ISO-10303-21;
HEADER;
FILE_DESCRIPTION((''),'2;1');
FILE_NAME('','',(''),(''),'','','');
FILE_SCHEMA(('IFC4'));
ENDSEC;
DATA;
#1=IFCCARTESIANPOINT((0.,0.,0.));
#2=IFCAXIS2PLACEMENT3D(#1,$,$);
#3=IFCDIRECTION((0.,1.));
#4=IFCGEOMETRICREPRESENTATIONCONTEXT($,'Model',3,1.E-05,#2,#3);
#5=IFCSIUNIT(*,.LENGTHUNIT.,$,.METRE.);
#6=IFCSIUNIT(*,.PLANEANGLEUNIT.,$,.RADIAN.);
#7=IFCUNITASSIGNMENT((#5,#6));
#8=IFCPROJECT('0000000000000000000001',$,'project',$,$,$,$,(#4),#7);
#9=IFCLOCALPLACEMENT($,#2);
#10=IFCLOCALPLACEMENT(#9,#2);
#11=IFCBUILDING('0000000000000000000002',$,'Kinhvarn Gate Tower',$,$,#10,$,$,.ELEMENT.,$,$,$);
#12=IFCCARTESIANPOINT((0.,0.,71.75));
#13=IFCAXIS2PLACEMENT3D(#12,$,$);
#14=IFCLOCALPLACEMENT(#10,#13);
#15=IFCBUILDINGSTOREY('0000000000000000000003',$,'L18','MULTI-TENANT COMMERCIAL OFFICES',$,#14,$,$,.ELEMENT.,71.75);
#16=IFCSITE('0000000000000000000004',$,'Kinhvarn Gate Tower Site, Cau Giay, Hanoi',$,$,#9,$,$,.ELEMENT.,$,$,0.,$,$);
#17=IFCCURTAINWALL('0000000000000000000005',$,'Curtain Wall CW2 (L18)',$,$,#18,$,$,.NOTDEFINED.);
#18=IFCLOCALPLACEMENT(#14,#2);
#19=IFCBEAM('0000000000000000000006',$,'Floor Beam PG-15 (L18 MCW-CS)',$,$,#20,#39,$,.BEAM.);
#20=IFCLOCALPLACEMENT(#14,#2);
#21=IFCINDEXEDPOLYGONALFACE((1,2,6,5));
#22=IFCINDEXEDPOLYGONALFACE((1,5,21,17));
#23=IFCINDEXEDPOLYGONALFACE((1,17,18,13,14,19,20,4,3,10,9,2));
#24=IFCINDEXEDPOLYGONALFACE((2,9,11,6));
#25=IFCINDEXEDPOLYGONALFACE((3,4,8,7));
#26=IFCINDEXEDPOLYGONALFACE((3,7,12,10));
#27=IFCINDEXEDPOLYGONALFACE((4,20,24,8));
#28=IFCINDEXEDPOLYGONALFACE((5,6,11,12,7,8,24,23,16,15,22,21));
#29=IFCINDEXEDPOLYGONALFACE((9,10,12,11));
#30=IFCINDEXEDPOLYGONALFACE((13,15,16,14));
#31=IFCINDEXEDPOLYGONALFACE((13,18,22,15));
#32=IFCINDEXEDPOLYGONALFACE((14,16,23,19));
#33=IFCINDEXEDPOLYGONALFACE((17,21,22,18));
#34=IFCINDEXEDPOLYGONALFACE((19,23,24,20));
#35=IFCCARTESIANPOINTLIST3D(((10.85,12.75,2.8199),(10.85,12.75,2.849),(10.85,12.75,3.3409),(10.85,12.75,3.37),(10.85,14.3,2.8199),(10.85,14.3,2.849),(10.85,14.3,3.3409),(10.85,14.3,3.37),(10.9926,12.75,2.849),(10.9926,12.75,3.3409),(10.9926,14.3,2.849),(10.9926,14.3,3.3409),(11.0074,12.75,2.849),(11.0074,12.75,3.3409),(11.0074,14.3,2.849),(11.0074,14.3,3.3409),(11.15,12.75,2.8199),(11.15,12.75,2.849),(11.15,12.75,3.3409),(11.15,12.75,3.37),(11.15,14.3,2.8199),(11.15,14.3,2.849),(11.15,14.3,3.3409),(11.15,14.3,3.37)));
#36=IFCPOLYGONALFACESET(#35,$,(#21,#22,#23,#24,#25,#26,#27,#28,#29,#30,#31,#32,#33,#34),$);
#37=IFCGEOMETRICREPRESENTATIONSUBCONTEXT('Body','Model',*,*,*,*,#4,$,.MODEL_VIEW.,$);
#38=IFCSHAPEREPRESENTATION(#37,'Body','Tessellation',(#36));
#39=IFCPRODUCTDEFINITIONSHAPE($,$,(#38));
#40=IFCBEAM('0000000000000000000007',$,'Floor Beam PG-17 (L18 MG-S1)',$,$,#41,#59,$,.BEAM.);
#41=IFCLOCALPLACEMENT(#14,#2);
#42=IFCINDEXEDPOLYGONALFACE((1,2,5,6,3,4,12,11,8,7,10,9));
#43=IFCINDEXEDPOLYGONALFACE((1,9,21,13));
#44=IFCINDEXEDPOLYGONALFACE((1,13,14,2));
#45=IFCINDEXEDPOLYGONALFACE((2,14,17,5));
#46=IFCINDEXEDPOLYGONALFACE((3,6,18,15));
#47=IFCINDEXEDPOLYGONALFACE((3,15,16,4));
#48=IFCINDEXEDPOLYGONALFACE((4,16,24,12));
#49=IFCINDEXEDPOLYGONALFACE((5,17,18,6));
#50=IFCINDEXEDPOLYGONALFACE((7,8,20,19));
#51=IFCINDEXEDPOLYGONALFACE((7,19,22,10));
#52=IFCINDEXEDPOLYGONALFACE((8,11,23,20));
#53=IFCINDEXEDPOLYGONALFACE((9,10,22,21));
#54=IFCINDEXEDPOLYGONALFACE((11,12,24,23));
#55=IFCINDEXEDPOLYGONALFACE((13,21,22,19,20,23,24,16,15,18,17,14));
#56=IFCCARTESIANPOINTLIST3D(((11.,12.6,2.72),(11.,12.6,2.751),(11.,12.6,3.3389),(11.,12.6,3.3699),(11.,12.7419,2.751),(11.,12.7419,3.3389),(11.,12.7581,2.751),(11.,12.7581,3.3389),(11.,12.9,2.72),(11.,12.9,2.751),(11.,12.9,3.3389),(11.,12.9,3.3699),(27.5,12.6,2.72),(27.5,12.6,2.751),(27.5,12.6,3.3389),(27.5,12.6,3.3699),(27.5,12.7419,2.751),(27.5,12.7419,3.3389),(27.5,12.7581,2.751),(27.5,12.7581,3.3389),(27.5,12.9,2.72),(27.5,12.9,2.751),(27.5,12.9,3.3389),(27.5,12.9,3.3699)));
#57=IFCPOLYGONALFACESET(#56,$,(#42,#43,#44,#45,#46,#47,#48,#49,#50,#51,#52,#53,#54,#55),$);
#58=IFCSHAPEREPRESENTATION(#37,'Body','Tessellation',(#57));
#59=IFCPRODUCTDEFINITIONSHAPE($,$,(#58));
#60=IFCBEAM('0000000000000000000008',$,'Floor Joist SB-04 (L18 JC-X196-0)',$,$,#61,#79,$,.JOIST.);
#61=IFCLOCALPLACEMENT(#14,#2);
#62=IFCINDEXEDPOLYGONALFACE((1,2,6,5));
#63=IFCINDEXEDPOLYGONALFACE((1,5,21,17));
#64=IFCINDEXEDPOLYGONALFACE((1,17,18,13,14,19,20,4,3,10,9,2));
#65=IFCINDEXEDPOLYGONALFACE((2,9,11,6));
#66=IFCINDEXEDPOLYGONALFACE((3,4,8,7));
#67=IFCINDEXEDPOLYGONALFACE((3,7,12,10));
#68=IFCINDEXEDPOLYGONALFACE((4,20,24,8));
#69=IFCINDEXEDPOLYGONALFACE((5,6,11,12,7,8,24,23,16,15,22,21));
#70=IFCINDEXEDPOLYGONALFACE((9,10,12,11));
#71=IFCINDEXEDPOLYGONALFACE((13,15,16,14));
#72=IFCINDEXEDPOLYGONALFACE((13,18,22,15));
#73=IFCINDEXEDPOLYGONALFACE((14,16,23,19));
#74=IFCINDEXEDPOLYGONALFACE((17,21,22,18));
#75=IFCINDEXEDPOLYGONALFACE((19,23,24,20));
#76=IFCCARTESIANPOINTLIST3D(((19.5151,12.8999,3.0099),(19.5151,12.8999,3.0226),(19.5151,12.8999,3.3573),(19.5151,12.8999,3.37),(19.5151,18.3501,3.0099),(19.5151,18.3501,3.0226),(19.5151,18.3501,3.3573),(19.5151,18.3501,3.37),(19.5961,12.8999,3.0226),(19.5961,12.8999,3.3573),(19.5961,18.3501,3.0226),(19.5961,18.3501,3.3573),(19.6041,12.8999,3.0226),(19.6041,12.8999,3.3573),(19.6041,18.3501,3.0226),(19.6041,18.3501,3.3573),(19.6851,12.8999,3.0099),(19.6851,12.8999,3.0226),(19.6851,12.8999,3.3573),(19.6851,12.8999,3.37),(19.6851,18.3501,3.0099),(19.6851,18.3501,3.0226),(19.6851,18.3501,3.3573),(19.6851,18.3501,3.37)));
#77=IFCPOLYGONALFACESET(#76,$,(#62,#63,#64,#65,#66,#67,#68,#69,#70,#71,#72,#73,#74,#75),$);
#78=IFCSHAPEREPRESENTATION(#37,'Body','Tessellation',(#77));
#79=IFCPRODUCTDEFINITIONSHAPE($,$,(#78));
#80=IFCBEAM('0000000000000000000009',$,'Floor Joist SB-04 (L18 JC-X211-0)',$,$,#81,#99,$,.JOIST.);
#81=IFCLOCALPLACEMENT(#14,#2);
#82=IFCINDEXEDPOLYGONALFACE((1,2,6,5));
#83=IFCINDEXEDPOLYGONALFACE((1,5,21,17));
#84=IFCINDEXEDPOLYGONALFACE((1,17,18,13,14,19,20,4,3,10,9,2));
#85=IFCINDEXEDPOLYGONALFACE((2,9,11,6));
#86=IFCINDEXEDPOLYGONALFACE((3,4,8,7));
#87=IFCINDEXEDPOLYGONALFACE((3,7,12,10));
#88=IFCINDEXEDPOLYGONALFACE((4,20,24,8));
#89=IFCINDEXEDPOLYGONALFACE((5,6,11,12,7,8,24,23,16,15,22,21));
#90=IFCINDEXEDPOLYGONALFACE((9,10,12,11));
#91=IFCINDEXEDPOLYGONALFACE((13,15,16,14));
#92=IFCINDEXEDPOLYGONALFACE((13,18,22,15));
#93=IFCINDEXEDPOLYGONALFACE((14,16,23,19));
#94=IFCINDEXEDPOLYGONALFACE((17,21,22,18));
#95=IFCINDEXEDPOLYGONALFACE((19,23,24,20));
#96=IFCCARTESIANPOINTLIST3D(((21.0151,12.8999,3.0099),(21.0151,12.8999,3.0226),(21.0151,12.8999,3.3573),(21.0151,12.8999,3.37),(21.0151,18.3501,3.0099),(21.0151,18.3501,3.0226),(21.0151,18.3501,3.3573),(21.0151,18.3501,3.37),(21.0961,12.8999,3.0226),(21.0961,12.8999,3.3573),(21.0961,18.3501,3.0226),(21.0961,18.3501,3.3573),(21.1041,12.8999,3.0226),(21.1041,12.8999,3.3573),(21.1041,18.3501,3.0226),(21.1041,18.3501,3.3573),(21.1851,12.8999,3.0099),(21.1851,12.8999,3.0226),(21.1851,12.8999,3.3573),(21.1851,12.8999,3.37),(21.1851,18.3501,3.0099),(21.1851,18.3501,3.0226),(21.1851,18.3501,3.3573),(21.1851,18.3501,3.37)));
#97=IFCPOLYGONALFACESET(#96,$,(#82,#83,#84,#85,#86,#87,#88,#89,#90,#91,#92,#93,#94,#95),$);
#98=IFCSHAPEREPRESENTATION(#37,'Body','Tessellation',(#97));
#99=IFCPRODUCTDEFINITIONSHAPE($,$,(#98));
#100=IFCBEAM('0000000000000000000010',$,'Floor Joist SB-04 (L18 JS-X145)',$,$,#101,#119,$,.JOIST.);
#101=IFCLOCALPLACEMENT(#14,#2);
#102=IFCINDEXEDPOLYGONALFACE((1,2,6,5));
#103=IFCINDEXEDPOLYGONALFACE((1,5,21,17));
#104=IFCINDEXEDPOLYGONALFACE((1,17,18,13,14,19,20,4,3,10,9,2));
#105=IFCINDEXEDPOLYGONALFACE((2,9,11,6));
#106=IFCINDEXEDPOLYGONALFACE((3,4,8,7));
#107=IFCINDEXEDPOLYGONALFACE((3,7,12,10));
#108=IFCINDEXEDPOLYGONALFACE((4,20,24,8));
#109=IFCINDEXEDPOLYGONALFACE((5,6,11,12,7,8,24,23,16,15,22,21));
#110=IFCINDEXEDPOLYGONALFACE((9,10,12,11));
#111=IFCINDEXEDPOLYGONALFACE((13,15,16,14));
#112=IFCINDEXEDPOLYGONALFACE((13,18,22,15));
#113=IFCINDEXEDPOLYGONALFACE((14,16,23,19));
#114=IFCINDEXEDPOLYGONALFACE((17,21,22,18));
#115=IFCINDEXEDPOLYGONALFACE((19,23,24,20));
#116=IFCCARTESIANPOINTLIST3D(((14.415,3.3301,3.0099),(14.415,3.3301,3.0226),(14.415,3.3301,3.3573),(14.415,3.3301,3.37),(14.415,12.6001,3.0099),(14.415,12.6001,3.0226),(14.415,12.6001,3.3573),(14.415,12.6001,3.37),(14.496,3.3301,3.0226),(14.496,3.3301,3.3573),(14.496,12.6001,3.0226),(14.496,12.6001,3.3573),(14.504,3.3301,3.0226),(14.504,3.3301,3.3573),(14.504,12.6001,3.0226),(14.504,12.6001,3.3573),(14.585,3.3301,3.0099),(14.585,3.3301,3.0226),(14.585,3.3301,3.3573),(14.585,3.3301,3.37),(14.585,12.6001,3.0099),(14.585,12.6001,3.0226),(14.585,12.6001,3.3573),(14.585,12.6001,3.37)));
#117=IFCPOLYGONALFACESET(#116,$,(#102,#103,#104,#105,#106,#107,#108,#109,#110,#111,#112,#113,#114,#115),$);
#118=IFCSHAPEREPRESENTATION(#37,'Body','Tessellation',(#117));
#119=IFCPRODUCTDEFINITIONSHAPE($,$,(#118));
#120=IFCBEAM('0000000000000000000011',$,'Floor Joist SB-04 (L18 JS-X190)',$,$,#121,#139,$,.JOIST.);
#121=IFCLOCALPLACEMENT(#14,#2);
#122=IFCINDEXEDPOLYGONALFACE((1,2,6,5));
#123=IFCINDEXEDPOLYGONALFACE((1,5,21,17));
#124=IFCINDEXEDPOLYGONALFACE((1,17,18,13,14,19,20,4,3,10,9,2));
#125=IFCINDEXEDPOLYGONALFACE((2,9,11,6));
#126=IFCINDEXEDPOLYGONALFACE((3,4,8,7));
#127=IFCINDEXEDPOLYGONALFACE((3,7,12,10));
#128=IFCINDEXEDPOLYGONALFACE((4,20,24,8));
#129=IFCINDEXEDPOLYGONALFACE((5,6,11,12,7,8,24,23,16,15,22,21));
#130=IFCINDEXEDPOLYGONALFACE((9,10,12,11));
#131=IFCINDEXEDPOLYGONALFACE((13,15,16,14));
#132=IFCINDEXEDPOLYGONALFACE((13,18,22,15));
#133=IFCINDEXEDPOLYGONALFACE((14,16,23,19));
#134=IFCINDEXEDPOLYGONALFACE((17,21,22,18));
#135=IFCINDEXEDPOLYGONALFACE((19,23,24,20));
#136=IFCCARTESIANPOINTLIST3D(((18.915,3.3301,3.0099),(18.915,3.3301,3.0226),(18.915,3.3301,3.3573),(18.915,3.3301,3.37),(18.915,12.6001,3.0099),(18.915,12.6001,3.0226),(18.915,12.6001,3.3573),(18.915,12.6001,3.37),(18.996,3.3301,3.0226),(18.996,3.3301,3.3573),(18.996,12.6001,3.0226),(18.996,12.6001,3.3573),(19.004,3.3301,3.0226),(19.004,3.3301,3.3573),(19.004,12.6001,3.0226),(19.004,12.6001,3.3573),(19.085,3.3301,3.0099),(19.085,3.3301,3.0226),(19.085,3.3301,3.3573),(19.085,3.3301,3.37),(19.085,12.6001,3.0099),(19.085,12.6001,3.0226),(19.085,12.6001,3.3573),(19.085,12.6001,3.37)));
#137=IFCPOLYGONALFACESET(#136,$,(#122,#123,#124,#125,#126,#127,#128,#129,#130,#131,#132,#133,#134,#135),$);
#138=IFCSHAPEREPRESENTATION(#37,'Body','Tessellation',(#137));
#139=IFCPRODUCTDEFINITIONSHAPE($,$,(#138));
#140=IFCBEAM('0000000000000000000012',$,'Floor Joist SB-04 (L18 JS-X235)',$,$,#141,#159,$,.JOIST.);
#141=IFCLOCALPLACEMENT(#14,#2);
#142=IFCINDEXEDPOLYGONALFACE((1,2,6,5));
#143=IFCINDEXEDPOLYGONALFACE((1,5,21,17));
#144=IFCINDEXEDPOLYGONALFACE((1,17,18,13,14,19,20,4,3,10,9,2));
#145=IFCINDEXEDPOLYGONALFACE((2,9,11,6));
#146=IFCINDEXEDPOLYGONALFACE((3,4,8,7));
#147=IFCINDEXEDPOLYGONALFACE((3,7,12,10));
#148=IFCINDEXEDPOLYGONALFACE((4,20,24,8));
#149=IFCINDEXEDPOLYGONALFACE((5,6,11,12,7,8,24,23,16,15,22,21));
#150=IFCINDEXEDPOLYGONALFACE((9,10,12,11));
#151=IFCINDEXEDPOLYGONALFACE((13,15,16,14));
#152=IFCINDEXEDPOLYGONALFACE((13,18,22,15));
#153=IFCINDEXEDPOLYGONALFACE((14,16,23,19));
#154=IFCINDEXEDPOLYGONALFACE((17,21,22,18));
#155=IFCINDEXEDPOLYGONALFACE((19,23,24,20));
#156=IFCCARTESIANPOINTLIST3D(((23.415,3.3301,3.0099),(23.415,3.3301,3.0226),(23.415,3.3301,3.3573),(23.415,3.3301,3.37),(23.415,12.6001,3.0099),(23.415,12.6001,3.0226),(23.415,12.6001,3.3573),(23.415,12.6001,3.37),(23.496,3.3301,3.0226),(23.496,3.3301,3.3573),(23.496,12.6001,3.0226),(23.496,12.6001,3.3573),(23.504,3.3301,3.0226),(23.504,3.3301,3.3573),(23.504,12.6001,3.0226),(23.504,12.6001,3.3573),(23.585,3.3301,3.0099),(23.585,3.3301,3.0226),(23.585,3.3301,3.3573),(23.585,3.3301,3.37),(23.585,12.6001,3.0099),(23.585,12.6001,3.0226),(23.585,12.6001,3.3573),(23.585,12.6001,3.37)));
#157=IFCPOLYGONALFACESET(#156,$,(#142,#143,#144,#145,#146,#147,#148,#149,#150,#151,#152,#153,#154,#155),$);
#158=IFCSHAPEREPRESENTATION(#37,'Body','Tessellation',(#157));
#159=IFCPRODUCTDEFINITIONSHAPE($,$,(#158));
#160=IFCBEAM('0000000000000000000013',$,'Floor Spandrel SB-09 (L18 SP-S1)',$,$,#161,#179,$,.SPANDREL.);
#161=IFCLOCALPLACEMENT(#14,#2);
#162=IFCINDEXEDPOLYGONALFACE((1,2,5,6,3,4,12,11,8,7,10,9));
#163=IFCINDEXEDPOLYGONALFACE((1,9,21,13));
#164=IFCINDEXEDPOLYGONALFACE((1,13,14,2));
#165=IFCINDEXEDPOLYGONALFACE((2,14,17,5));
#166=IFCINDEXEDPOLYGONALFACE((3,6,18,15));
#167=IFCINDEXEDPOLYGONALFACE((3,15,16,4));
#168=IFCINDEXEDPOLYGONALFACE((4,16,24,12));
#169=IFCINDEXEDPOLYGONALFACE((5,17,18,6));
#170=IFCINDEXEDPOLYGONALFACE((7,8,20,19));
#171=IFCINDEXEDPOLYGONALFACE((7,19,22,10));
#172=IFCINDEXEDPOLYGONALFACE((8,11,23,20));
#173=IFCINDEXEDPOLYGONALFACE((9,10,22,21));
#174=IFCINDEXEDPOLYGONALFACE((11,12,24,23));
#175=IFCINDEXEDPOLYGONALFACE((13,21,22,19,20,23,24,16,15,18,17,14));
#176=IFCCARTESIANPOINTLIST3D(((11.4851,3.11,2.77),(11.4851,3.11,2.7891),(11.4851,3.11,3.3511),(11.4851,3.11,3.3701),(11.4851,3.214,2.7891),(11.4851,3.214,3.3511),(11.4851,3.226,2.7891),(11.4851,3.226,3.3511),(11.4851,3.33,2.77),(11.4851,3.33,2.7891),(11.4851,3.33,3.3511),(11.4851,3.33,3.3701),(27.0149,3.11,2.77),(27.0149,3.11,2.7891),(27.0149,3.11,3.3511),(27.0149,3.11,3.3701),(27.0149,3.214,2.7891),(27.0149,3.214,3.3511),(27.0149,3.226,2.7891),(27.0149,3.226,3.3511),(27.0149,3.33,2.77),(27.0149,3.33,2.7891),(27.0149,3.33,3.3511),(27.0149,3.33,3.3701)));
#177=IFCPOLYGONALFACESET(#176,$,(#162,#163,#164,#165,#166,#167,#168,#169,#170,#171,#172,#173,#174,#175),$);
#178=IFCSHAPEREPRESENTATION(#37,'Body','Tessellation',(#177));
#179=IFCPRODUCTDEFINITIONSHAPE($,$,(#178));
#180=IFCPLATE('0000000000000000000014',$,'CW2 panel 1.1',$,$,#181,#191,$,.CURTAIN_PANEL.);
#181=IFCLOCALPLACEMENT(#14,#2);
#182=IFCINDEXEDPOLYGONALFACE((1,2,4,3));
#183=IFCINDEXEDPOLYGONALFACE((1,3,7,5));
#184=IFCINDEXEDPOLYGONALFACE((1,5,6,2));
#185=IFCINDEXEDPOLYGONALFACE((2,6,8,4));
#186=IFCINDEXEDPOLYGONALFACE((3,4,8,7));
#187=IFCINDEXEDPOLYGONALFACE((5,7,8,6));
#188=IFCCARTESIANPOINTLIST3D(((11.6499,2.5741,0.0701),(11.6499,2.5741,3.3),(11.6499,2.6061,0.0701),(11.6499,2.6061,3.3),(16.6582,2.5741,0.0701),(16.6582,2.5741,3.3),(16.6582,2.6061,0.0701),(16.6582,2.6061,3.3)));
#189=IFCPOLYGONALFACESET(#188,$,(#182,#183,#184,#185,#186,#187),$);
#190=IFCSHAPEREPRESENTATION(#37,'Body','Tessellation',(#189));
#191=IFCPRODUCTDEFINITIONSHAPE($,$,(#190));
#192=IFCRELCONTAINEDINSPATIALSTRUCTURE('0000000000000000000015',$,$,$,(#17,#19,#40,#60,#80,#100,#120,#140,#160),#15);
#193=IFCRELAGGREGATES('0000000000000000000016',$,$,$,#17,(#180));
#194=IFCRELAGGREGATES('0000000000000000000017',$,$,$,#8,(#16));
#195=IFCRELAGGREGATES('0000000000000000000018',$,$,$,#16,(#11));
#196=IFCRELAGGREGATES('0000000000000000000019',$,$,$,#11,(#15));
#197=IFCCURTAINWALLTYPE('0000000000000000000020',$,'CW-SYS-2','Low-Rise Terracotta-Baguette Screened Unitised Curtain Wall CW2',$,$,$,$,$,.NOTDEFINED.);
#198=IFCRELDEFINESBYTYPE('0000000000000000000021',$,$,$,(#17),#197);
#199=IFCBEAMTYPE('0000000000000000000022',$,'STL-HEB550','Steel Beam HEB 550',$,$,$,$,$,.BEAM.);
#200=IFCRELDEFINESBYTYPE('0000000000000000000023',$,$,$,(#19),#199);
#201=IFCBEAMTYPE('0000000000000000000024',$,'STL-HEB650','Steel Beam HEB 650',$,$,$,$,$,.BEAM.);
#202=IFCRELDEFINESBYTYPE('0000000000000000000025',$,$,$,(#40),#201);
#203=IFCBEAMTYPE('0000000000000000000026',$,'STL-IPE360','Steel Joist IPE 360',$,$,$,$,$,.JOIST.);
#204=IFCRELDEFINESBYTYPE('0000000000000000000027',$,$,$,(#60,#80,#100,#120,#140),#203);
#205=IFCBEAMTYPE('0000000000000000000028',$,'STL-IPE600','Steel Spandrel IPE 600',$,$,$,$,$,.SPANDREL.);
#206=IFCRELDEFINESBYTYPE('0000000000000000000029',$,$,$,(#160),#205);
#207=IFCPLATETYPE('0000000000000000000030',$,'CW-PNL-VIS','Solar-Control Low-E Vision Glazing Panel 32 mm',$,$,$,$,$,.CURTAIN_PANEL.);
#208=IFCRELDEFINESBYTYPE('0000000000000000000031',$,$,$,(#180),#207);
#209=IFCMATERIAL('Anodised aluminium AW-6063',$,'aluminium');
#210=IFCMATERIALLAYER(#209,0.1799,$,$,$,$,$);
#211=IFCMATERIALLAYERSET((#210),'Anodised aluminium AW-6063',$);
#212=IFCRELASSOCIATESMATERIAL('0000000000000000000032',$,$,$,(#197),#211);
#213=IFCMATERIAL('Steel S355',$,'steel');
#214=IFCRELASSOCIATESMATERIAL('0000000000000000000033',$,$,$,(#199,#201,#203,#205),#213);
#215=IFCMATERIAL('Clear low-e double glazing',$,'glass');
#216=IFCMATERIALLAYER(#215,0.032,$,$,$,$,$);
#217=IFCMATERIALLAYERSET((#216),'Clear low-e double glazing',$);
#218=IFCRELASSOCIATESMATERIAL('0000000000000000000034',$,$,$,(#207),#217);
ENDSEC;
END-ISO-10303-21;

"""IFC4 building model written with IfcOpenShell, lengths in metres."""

from ifc_helpers import new_model, si_unit, direction, frame, origin, origin_2d, place, context, subcontext, project, spatial, rectangle, i_section, extrude, material, layer, layer_set, material_profile, profile_set, type_object, element, aggregate, save


model = new_model("IFC4")

# Units and contexts
model_context = context("Model", 3, precision=1e-05, world=origin(), true_north=direction((0.0, 1.0)))
body_context = subcontext(model_context, "Body", "Model", "MODEL_VIEW")
ifc_project = project(units=[si_unit("LENGTHUNIT", "METRE"), si_unit("PLANEANGLEUNIT", "RADIAN")], contexts=[model_context])

# Site, building, storey
site_placement = place(None, origin())
site = spatial("IfcSite", under=ifc_project, at=site_placement, Name="Kinhvarn Gate Tower Site, Cau Giay, Hanoi", CompositionType="ELEMENT", RefElevation=0.0)
building_placement = place(site_placement, origin())
building = spatial("IfcBuilding", under=site, at=building_placement, Name="Kinhvarn Gate Tower", CompositionType="ELEMENT")
storey_placement = place(building_placement, frame((0.0, 0.0, 71.75)))
storey = spatial("IfcBuildingStorey", under=building, at=storey_placement, Name="L18", Description="MULTI-TENANT COMMERCIAL OFFICES", CompositionType="ELEMENT", Elevation=71.75)

# Shared definitions
ifc_material_1 = material(Name="Anodised aluminium AW-6063", Category="aluminium")
ifc_layer_1 = layer(ifc_material_1, 0.1799)
ifc_layer_set_1 = layer_set([ifc_layer_1], Name="Anodised aluminium AW-6063")
curtain_wall_type = type_object("IfcCurtainWallType", Name="CW-SYS-2", Description="Low-Rise Terracotta-Baguette Screened Unitised Curtain Wall CW2", PredefinedType="NOTDEFINED", material=ifc_layer_set_1)

# Curtain wall
curtain_wall_1_placement = place(storey_placement, origin())
curtain_wall_1 = element("IfcCurtainWall", 1, at=curtain_wall_1_placement, inside=storey, type_object=curtain_wall_type, Name="Curtain Wall CW2 (L18)", PredefinedType="NOTDEFINED")

# Beams
ifc_material_2 = material(Name="Steel S355", Category="steel")
ifc_material_profile_1 = material_profile(ifc_material_2, i_section(OverallWidth=0.3, OverallDepth=0.55, WebThickness=0.0149, FlangeThickness=0.0291, at=origin_2d()), Name="HEB 550")
ifc_profile_set_1 = profile_set([ifc_material_profile_1], Name="Steel S355")
beam_type_1 = type_object("IfcBeamType", Name="STL-HEB550", Description="Steel Beam HEB 550", PredefinedType="BEAM", material=ifc_profile_set_1)
beam_1_placement = place(storey_placement, frame((11.0, 12.75, 3.095), z_axis=(0.0, 1.0, 0.0), x_axis=(-1.0, 0.0, 0.0)))
element("IfcBeam", 2, at=beam_1_placement, inside=storey, type_object=beam_type_1, Name="Floor Beam PG-15 (L18 MCW-CS)", PredefinedType="BEAM", context=body_context, shape_type="SweptSolid", body=[
    extrude(i_section(OverallWidth=0.3, OverallDepth=0.55, WebThickness=0.0149, FlangeThickness=0.0291, at=origin_2d()), origin(), (0.0, 0.0, 1.0), 1.55),
])
ifc_material_profile_2 = material_profile(ifc_material_2, i_section(OverallWidth=0.3, OverallDepth=0.6499, WebThickness=0.0161, FlangeThickness=0.031, at=origin_2d()), Name="HEB 650")
ifc_profile_set_2 = profile_set([ifc_material_profile_2], Name="Steel S355")
beam_type_2 = type_object("IfcBeamType", Name="STL-HEB650", Description="Steel Beam HEB 650", PredefinedType="BEAM", material=ifc_profile_set_2)
beam_2_placement = place(storey_placement, frame((11.0, 12.75, 3.0449), z_axis=(1.0, 0.0, 0.0), x_axis=(0.0, 1.0, 0.0)))
element("IfcBeam", 3, at=beam_2_placement, inside=storey, type_object=beam_type_2, Name="Floor Beam PG-17 (L18 MG-S1)", PredefinedType="BEAM", context=body_context, shape_type="SweptSolid", body=[
    extrude(i_section(OverallWidth=0.3, OverallDepth=0.6499, WebThickness=0.0161, FlangeThickness=0.031, at=origin_2d()), origin(), (0.0, 0.0, 1.0), 16.5),
])
ifc_material_profile_3 = material_profile(ifc_material_2, i_section(OverallWidth=0.1699, OverallDepth=0.3601, WebThickness=0.0081, FlangeThickness=0.0127, at=origin_2d()), Name="IPE 360")
ifc_profile_set_3 = profile_set([ifc_material_profile_3], Name="Steel S355")
beam_type_3 = type_object("IfcBeamType", Name="STL-IPE360", Description="Steel Joist IPE 360", PredefinedType="JOIST", material=ifc_profile_set_3)
for number, where, z_axis, x_axis, name in (
    (4, (19.6001, 12.8999, 3.1899), (0.0, 1.0, 0.0), (-1.0, 0.0, 0.0), "Floor Joist SB-04 (L18 JC-X196-0)"),
    (5, (21.1001, 12.8999, 3.1899), (0.0, 1.0, 0.0), (-1.0, 0.0, 0.0), "Floor Joist SB-04 (L18 JC-X211-0)"),
):
    element("IfcBeam", number, at=place(storey_placement, frame(where, z_axis=z_axis, x_axis=x_axis)), inside=storey, type_object=beam_type_3, Name=name, PredefinedType="JOIST", context=body_context, shape_type="SweptSolid", body=[
        extrude(i_section(OverallWidth=0.1699, OverallDepth=0.3601, WebThickness=0.0081, FlangeThickness=0.0127, at=origin_2d()), origin(), (0.0, 0.0, 1.0), 5.4502),
    ])
for number, where, z_axis, x_axis, name in (
    (6, (14.5, 3.3301, 3.1899), (0.0, 1.0, 0.0), (-1.0, 0.0, 0.0), "Floor Joist SB-04 (L18 JS-X145)"),
    (7, (19.0, 3.3301, 3.1899), (0.0, 1.0, 0.0), (-1.0, 0.0, 0.0), "Floor Joist SB-04 (L18 JS-X190)"),
    (8, (23.5, 3.3301, 3.1899), (0.0, 1.0, 0.0), (-1.0, 0.0, 0.0), "Floor Joist SB-04 (L18 JS-X235)"),
):
    element("IfcBeam", number, at=place(storey_placement, frame(where, z_axis=z_axis, x_axis=x_axis)), inside=storey, type_object=beam_type_3, Name=name, PredefinedType="JOIST", context=body_context, shape_type="SweptSolid", body=[
        extrude(i_section(OverallWidth=0.1699, OverallDepth=0.3601, WebThickness=0.0081, FlangeThickness=0.0127, at=origin_2d()), origin(), (0.0, 0.0, 1.0), 9.27),
    ])
ifc_material_profile_4 = material_profile(ifc_material_2, i_section(OverallWidth=0.22, OverallDepth=0.6001, WebThickness=0.012, FlangeThickness=0.019, at=origin_2d()), Name="IPE 600")
ifc_profile_set_4 = profile_set([ifc_material_profile_4], Name="Steel S355")
beam_type_4 = type_object("IfcBeamType", Name="STL-IPE600", Description="Steel Spandrel IPE 600", PredefinedType="SPANDREL", material=ifc_profile_set_4)
beam_3_placement = place(storey_placement, frame((11.4851, 3.22, 3.0701), z_axis=(1.0, 0.0, 0.0), x_axis=(0.0, 1.0, 0.0)))
element("IfcBeam", 9, at=beam_3_placement, inside=storey, type_object=beam_type_4, Name="Floor Spandrel SB-09 (L18 SP-S1)", PredefinedType="SPANDREL", context=body_context, shape_type="SweptSolid", body=[
    extrude(i_section(OverallWidth=0.22, OverallDepth=0.6001, WebThickness=0.012, FlangeThickness=0.019, at=origin_2d()), origin(), (0.0, 0.0, 1.0), 15.5298),
])

# Plate
ifc_material_3 = material(Name="Clear low-e double glazing", Category="glass")
ifc_layer_2 = layer(ifc_material_3, 0.032)
ifc_layer_set_2 = layer_set([ifc_layer_2], Name="Clear low-e double glazing")
plate_type = type_object("IfcPlateType", Name="CW-PNL-VIS", Description="Solar-Control Low-E Vision Glazing Panel 32 mm", PredefinedType="CURTAIN_PANEL", material=ifc_layer_set_2)
plate_1_placement = place(storey_placement, frame((14.1541, 2.5901, 0.0701), z_axis=(0.0, 0.0, 1.0), x_axis=(1.0, 0.0, 0.0)))
plate_1 = element("IfcPlate", 10, at=plate_1_placement, type_object=plate_type, Name="CW2 panel 1.1", PredefinedType="CURTAIN_PANEL", context=body_context, shape_type="SweptSolid", body=[
    extrude(rectangle(XDim=5.0083, YDim=0.032, at=origin_2d()), origin(), (0.0, 0.0, 1.0), 3.23),
])
aggregate(curtain_wall_1, [plate_1])

save(model, "model.ifc")
